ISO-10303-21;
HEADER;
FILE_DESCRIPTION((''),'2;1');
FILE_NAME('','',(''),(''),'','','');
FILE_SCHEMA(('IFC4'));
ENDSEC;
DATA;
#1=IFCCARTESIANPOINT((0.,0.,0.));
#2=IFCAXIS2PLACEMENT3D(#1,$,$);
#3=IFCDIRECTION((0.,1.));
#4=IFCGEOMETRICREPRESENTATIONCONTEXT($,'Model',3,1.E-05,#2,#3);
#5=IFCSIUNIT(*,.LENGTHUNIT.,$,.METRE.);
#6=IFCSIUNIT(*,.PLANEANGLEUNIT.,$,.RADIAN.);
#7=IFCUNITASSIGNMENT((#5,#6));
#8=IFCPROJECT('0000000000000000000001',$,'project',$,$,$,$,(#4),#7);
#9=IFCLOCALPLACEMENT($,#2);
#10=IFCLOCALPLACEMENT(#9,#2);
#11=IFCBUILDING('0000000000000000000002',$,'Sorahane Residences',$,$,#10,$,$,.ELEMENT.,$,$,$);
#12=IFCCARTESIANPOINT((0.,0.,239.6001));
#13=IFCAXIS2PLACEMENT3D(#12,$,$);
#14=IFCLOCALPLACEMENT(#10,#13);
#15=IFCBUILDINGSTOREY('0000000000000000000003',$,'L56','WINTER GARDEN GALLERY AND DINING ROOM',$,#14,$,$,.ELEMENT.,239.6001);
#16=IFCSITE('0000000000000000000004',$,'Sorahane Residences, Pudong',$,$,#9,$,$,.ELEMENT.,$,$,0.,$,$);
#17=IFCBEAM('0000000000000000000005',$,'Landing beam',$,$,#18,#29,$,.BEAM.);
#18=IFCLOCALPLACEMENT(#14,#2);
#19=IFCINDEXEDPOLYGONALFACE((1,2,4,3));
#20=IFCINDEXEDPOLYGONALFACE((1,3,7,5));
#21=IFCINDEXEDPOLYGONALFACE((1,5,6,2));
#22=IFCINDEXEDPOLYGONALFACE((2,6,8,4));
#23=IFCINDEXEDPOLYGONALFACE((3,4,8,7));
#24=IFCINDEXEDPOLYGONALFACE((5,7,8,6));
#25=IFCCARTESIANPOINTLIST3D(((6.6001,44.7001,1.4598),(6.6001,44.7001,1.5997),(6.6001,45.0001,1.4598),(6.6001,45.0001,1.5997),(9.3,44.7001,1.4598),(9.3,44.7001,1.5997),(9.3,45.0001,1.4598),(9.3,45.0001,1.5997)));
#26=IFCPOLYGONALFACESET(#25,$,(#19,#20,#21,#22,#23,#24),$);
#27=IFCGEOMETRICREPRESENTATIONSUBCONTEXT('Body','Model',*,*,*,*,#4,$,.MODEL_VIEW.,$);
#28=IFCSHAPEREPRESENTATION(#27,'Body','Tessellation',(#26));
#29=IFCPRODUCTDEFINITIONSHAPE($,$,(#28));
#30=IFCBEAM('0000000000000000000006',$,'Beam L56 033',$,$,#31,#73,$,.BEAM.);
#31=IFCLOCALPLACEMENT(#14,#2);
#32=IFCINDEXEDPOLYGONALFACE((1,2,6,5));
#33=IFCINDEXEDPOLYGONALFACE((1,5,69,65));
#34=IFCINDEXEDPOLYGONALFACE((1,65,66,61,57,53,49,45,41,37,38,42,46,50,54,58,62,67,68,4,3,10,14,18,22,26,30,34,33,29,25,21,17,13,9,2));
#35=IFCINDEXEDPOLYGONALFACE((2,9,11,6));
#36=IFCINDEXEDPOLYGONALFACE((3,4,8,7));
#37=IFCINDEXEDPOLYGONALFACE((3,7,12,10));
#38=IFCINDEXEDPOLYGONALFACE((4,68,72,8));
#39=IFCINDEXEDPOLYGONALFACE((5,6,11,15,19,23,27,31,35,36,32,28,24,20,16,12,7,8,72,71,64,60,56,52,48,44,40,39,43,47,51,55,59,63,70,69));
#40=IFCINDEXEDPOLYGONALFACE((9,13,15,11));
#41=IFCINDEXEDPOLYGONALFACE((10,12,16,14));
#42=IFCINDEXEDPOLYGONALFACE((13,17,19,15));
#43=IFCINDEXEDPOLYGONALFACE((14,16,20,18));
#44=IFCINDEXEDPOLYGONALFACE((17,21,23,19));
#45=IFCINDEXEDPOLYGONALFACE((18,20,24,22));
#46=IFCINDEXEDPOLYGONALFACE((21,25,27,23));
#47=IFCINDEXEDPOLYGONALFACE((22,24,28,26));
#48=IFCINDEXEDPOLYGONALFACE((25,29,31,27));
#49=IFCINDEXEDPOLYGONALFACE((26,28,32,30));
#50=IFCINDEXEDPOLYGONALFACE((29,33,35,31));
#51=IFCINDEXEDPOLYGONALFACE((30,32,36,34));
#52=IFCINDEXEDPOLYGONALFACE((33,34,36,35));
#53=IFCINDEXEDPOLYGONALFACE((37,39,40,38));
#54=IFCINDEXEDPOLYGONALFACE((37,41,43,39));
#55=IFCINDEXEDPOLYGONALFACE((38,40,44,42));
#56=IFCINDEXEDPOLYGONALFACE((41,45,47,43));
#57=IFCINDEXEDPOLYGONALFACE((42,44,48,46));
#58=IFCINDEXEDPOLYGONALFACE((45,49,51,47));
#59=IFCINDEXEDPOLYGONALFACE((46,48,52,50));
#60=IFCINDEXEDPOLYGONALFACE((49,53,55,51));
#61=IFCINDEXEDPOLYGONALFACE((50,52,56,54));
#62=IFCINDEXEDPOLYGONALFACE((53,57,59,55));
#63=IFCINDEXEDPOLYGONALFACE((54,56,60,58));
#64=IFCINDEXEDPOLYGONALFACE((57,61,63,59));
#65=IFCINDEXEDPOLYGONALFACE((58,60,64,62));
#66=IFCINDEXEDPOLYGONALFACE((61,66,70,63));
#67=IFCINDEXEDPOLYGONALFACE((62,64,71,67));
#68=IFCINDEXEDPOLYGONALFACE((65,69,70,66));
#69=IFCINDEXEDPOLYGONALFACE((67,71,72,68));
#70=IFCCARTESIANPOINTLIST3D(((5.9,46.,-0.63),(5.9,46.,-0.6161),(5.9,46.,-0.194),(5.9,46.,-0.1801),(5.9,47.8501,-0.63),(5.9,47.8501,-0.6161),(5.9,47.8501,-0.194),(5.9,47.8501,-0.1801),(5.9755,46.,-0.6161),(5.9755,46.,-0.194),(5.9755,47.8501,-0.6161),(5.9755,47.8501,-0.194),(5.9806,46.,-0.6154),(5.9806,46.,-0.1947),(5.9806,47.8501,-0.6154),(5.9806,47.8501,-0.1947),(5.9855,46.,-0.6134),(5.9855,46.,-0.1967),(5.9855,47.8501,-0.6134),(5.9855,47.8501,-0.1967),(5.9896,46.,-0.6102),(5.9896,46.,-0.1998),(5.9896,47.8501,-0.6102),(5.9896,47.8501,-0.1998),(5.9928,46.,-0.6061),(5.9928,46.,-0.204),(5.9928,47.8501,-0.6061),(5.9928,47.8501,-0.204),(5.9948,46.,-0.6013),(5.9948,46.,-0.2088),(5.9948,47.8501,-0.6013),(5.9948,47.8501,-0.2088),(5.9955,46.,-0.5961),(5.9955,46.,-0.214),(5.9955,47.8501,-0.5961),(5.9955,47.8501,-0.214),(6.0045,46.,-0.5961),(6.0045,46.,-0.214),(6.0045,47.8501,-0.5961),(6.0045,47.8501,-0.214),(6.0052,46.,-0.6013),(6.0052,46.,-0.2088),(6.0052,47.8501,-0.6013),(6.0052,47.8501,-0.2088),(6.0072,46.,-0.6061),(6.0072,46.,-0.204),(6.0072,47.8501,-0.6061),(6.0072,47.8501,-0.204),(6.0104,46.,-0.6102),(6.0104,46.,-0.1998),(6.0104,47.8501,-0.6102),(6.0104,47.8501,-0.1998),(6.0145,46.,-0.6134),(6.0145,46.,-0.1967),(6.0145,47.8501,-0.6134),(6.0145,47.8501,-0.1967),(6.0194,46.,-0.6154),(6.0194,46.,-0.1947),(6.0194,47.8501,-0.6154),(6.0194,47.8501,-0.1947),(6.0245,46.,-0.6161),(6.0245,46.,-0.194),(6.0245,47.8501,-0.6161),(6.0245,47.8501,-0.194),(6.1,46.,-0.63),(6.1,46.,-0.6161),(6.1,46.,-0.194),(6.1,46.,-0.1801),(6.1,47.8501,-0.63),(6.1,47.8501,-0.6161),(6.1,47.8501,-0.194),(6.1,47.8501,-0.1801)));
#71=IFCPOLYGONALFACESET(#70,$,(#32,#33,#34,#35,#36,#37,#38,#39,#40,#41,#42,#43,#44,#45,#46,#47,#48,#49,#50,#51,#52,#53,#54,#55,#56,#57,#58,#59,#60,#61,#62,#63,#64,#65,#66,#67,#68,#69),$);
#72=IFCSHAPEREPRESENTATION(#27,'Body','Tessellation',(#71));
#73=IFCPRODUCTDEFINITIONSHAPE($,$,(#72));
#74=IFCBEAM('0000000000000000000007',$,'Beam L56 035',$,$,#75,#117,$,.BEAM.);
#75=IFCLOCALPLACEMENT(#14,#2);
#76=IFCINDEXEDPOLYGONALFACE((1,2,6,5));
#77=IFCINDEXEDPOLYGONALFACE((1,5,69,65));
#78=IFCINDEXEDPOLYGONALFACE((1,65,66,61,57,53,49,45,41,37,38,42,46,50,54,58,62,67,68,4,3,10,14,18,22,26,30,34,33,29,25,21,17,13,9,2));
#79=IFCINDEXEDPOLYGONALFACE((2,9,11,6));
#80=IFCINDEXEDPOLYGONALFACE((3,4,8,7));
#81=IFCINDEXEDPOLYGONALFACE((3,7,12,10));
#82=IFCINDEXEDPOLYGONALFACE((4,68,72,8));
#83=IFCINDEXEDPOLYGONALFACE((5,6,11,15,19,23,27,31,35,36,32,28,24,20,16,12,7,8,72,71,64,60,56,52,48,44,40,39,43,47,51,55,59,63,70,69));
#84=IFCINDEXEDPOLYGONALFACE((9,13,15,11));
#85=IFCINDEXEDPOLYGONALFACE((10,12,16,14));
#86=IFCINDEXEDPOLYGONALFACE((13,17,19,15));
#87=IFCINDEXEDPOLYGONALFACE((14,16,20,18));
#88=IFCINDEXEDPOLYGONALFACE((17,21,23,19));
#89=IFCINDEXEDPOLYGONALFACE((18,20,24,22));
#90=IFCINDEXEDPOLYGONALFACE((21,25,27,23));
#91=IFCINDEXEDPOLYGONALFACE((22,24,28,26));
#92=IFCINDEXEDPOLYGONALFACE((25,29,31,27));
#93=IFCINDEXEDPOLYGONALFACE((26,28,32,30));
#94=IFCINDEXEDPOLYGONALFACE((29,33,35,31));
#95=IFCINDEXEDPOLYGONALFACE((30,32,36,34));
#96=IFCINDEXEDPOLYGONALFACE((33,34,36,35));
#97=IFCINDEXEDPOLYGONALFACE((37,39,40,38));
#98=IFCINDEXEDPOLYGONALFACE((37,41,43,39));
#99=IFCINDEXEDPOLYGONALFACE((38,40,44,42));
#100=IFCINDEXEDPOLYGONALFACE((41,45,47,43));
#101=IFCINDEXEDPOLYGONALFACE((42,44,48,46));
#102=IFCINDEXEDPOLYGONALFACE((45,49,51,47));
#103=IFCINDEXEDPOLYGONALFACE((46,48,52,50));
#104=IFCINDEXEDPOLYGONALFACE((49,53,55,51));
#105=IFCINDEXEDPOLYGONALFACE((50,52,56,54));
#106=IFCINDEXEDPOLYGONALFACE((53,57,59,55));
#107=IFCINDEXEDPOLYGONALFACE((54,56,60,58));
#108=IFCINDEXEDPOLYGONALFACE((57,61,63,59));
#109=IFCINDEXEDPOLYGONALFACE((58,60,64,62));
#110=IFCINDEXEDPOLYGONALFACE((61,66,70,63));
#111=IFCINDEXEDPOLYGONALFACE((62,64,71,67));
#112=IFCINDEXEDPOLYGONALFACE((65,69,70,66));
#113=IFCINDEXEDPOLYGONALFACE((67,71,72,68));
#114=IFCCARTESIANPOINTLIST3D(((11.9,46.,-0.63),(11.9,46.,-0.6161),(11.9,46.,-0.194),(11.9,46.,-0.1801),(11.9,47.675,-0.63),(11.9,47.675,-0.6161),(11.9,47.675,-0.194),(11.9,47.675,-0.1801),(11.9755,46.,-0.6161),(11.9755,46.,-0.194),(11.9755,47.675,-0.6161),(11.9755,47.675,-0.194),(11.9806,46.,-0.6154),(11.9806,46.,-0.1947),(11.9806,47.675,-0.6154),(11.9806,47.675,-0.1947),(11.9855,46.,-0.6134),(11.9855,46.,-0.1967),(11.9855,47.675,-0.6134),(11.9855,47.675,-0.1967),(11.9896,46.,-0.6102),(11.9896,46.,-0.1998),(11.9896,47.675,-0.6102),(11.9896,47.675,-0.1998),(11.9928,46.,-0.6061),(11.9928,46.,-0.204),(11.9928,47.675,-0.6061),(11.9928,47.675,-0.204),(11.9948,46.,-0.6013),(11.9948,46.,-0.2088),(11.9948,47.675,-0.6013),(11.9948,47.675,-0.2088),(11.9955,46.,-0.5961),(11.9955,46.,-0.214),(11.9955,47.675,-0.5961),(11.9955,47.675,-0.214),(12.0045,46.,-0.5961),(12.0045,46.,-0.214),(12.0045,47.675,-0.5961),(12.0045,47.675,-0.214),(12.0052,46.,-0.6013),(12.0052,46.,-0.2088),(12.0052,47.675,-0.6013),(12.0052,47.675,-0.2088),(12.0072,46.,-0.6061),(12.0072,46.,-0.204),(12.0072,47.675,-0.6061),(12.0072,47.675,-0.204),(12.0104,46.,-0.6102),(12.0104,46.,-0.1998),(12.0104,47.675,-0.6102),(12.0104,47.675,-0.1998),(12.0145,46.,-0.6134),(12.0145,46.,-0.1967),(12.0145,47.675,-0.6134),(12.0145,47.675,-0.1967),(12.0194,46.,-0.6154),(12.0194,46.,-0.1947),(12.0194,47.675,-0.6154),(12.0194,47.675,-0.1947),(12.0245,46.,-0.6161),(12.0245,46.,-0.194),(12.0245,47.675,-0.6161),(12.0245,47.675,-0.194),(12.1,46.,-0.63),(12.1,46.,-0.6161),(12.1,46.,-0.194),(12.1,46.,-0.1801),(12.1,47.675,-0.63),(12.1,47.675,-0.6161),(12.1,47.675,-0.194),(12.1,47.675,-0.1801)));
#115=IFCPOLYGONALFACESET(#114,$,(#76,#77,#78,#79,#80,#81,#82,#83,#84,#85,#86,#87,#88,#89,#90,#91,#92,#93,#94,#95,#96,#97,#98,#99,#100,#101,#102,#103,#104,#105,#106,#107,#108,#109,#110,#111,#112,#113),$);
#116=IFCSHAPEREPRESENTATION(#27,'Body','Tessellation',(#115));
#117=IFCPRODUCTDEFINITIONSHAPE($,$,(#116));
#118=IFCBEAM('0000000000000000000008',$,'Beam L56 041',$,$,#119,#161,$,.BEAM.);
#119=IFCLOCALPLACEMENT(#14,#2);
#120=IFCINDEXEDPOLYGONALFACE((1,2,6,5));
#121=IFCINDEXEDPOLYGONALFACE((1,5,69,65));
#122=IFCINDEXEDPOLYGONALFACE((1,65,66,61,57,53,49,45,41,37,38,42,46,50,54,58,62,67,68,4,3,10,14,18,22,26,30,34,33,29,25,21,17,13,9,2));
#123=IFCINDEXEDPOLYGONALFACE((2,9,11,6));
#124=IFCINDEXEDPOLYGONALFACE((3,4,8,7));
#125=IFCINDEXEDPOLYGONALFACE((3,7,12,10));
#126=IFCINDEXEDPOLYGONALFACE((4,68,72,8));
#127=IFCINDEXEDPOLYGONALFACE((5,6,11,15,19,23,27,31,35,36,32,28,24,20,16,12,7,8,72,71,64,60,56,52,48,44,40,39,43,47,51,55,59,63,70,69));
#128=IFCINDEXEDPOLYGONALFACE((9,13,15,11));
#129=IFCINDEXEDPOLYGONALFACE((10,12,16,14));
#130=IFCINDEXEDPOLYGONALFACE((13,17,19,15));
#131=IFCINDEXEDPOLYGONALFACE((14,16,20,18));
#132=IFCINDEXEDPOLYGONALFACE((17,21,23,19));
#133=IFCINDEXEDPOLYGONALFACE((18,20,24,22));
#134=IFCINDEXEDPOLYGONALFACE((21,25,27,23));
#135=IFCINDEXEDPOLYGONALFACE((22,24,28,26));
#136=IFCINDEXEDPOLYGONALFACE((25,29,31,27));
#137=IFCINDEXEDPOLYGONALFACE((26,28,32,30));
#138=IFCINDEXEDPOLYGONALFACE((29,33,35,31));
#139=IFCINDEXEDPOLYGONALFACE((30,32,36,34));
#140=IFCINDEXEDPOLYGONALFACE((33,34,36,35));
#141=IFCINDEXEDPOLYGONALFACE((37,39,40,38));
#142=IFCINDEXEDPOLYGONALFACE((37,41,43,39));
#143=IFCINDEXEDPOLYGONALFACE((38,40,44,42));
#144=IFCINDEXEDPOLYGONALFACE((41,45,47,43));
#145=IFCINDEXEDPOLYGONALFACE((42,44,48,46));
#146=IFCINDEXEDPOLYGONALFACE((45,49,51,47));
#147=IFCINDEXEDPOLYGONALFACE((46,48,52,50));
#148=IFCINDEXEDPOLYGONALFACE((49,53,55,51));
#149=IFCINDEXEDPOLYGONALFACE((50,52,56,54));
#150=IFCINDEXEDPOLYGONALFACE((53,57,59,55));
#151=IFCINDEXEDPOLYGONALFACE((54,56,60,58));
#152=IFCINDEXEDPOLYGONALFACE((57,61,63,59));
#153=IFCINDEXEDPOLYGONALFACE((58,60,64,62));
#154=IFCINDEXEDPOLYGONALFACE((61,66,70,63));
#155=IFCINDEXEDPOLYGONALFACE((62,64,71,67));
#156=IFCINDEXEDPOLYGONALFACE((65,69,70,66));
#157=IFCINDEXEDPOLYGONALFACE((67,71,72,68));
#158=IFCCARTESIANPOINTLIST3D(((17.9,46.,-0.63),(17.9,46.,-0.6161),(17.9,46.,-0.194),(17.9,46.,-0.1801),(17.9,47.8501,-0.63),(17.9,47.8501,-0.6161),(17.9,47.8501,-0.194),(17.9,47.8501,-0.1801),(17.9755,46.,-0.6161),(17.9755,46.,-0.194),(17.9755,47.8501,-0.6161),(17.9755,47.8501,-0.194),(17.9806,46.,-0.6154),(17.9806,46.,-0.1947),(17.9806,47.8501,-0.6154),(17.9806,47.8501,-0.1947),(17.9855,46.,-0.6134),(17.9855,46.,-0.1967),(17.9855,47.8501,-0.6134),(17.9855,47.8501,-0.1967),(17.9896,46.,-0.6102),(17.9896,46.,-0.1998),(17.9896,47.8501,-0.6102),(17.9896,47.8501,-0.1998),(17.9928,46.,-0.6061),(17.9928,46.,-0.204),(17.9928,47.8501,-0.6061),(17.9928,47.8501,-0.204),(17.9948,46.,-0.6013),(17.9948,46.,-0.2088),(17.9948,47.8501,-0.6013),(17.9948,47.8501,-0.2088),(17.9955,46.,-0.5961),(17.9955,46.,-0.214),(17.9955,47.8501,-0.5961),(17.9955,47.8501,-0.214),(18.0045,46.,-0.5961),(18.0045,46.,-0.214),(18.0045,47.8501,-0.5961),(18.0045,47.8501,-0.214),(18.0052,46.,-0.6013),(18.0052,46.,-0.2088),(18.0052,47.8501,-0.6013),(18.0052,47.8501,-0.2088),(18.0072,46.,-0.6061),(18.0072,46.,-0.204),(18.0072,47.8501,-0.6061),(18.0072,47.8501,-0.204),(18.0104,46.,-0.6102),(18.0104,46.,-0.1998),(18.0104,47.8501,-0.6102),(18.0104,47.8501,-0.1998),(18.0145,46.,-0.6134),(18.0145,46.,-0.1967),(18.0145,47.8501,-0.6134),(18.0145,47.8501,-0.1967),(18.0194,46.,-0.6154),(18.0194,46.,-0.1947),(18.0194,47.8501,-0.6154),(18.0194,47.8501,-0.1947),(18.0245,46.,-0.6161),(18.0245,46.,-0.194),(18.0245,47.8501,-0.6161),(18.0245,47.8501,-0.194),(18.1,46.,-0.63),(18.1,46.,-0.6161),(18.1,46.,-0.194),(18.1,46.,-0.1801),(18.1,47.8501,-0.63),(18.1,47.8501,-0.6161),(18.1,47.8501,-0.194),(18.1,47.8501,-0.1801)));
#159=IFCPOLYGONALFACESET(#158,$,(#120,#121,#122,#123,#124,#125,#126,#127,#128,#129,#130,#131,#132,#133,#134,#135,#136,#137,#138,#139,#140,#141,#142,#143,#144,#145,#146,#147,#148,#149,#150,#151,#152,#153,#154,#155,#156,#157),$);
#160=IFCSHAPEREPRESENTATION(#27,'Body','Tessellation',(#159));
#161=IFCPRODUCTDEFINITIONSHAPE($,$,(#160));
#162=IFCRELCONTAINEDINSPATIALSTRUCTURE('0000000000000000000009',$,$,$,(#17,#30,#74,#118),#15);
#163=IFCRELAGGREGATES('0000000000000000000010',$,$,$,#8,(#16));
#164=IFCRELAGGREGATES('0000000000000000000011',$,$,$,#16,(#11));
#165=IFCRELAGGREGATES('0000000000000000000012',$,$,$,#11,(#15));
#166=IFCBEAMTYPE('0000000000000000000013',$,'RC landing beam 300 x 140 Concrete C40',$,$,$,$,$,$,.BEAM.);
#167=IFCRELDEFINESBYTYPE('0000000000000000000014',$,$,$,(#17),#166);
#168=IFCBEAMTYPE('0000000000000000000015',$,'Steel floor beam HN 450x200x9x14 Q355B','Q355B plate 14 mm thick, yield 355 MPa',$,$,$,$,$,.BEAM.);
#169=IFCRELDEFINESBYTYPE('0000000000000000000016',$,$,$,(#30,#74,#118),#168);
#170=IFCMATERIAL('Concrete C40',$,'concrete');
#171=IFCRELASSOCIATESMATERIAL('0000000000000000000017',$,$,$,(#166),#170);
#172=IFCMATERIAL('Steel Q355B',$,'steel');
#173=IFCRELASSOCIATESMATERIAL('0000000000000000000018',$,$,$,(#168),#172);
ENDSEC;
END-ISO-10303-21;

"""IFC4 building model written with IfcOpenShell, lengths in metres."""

from ifc_helpers import new_model, si_unit, direction, frame, origin, origin_2d, place, context, subcontext, project, spatial, rectangle, i_section, extrude, material, material_profile, profile_set, type_object, element, save


model = new_model("IFC4")

# Units and contexts
model_context = context("Model", 3, precision=1e-05, world=origin(), true_north=direction((0.0, 1.0)))
body_context = subcontext(model_context, "Body", "Model", "MODEL_VIEW")
ifc_project = project(units=[si_unit("LENGTHUNIT", "METRE"), si_unit("PLANEANGLEUNIT", "RADIAN")], contexts=[model_context])

# Site, building, storey
site_placement = place(None, origin())
site = spatial("IfcSite", under=ifc_project, at=site_placement, Name="Sorahane Residences, Pudong", CompositionType="ELEMENT", RefElevation=0.0)
building_placement = place(site_placement, origin())
building = spatial("IfcBuilding", under=site, at=building_placement, Name="Sorahane Residences", CompositionType="ELEMENT")
storey_placement = place(building_placement, frame((0.0, 0.0, 239.6001)))
storey = spatial("IfcBuildingStorey", under=building, at=storey_placement, Name="L56", Description="WINTER GARDEN GALLERY AND DINING ROOM", CompositionType="ELEMENT", Elevation=239.6001)

# Beams
ifc_material_1 = material(Name="Concrete C40", Category="concrete")
ifc_material_profile_1 = material_profile(ifc_material_1, rectangle(XDim=0.3, YDim=0.1399, at=origin_2d()), Name="300x140")
ifc_profile_set_1 = profile_set([ifc_material_profile_1], Name="Concrete C40")
beam_type_1 = type_object("IfcBeamType", Name="RC landing beam 300 x 140 Concrete C40", PredefinedType="BEAM", material=ifc_profile_set_1)
for number, where, z_axis, x_axis, name in (
    (1, (6.6001, 44.8501, 1.5298), (1.0, 0.0, 0.0), (0.0, 1.0, 0.0), "Landing beam"),
):
    element("IfcBeam", number, at=place(storey_placement, frame(where, z_axis=z_axis, x_axis=x_axis)), inside=storey, type_object=beam_type_1, Name=name, PredefinedType="BEAM", context=body_context, shape_type="SweptSolid", body=[
        extrude(rectangle(XDim=0.3, YDim=0.1399, at=origin_2d()), origin(), (0.0, 0.0, 1.0), 2.7),
    ])
ifc_material_2 = material(Name="Steel Q355B", Category="steel")
ifc_material_profile_2 = material_profile(ifc_material_2, i_section(OverallWidth=0.2, OverallDepth=0.45, WebThickness=0.009, FlangeThickness=0.0139, FilletRadius=0.02, at=origin_2d()), Name="HN 450x200x9x14")
ifc_profile_set_2 = profile_set([ifc_material_profile_2], Name="Steel Q355B")
beam_type_2 = type_object("IfcBeamType", Name="Steel floor beam HN 450x200x9x14 Q355B", Description="Q355B plate 14 mm thick, yield 355 MPa", PredefinedType="BEAM", material=ifc_profile_set_2)
beam_1_placement = place(storey_placement, frame((6.0, 46.0, -0.405), z_axis=(0.0, 1.0, 0.0), x_axis=(-1.0, 0.0, 0.0)))
element("IfcBeam", 2, at=beam_1_placement, inside=storey, type_object=beam_type_2, Name="Beam L56 033", PredefinedType="BEAM", context=body_context, shape_type="SweptSolid", body=[
    extrude(i_section(OverallWidth=0.2, OverallDepth=0.45, WebThickness=0.009, FlangeThickness=0.0139, FilletRadius=0.02, at=origin_2d()), origin(), (0.0, 0.0, 1.0), 1.8501),
])
beam_2_placement = place(storey_placement, frame((12.0, 46.0, -0.405), z_axis=(0.0, 1.0, 0.0), x_axis=(-1.0, 0.0, 0.0)))
element("IfcBeam", 3, at=beam_2_placement, inside=storey, type_object=beam_type_2, Name="Beam L56 035", PredefinedType="BEAM", context=body_context, shape_type="SweptSolid", body=[
    extrude(i_section(OverallWidth=0.2, OverallDepth=0.45, WebThickness=0.009, FlangeThickness=0.0139, FilletRadius=0.02, at=origin_2d()), origin(), (0.0, 0.0, 1.0), 1.675),
])
beam_3_placement = place(storey_placement, frame((18.0, 46.0, -0.405), z_axis=(0.0, 1.0, 0.0), x_axis=(-1.0, 0.0, 0.0)))
element("IfcBeam", 4, at=beam_3_placement, inside=storey, type_object=beam_type_2, Name="Beam L56 041", PredefinedType="BEAM", context=body_context, shape_type="SweptSolid", body=[
    extrude(i_section(OverallWidth=0.2, OverallDepth=0.45, WebThickness=0.009, FlangeThickness=0.0139, FilletRadius=0.02, at=origin_2d()), origin(), (0.0, 0.0, 1.0), 1.8501),
])

save(model, "model.ifc")
